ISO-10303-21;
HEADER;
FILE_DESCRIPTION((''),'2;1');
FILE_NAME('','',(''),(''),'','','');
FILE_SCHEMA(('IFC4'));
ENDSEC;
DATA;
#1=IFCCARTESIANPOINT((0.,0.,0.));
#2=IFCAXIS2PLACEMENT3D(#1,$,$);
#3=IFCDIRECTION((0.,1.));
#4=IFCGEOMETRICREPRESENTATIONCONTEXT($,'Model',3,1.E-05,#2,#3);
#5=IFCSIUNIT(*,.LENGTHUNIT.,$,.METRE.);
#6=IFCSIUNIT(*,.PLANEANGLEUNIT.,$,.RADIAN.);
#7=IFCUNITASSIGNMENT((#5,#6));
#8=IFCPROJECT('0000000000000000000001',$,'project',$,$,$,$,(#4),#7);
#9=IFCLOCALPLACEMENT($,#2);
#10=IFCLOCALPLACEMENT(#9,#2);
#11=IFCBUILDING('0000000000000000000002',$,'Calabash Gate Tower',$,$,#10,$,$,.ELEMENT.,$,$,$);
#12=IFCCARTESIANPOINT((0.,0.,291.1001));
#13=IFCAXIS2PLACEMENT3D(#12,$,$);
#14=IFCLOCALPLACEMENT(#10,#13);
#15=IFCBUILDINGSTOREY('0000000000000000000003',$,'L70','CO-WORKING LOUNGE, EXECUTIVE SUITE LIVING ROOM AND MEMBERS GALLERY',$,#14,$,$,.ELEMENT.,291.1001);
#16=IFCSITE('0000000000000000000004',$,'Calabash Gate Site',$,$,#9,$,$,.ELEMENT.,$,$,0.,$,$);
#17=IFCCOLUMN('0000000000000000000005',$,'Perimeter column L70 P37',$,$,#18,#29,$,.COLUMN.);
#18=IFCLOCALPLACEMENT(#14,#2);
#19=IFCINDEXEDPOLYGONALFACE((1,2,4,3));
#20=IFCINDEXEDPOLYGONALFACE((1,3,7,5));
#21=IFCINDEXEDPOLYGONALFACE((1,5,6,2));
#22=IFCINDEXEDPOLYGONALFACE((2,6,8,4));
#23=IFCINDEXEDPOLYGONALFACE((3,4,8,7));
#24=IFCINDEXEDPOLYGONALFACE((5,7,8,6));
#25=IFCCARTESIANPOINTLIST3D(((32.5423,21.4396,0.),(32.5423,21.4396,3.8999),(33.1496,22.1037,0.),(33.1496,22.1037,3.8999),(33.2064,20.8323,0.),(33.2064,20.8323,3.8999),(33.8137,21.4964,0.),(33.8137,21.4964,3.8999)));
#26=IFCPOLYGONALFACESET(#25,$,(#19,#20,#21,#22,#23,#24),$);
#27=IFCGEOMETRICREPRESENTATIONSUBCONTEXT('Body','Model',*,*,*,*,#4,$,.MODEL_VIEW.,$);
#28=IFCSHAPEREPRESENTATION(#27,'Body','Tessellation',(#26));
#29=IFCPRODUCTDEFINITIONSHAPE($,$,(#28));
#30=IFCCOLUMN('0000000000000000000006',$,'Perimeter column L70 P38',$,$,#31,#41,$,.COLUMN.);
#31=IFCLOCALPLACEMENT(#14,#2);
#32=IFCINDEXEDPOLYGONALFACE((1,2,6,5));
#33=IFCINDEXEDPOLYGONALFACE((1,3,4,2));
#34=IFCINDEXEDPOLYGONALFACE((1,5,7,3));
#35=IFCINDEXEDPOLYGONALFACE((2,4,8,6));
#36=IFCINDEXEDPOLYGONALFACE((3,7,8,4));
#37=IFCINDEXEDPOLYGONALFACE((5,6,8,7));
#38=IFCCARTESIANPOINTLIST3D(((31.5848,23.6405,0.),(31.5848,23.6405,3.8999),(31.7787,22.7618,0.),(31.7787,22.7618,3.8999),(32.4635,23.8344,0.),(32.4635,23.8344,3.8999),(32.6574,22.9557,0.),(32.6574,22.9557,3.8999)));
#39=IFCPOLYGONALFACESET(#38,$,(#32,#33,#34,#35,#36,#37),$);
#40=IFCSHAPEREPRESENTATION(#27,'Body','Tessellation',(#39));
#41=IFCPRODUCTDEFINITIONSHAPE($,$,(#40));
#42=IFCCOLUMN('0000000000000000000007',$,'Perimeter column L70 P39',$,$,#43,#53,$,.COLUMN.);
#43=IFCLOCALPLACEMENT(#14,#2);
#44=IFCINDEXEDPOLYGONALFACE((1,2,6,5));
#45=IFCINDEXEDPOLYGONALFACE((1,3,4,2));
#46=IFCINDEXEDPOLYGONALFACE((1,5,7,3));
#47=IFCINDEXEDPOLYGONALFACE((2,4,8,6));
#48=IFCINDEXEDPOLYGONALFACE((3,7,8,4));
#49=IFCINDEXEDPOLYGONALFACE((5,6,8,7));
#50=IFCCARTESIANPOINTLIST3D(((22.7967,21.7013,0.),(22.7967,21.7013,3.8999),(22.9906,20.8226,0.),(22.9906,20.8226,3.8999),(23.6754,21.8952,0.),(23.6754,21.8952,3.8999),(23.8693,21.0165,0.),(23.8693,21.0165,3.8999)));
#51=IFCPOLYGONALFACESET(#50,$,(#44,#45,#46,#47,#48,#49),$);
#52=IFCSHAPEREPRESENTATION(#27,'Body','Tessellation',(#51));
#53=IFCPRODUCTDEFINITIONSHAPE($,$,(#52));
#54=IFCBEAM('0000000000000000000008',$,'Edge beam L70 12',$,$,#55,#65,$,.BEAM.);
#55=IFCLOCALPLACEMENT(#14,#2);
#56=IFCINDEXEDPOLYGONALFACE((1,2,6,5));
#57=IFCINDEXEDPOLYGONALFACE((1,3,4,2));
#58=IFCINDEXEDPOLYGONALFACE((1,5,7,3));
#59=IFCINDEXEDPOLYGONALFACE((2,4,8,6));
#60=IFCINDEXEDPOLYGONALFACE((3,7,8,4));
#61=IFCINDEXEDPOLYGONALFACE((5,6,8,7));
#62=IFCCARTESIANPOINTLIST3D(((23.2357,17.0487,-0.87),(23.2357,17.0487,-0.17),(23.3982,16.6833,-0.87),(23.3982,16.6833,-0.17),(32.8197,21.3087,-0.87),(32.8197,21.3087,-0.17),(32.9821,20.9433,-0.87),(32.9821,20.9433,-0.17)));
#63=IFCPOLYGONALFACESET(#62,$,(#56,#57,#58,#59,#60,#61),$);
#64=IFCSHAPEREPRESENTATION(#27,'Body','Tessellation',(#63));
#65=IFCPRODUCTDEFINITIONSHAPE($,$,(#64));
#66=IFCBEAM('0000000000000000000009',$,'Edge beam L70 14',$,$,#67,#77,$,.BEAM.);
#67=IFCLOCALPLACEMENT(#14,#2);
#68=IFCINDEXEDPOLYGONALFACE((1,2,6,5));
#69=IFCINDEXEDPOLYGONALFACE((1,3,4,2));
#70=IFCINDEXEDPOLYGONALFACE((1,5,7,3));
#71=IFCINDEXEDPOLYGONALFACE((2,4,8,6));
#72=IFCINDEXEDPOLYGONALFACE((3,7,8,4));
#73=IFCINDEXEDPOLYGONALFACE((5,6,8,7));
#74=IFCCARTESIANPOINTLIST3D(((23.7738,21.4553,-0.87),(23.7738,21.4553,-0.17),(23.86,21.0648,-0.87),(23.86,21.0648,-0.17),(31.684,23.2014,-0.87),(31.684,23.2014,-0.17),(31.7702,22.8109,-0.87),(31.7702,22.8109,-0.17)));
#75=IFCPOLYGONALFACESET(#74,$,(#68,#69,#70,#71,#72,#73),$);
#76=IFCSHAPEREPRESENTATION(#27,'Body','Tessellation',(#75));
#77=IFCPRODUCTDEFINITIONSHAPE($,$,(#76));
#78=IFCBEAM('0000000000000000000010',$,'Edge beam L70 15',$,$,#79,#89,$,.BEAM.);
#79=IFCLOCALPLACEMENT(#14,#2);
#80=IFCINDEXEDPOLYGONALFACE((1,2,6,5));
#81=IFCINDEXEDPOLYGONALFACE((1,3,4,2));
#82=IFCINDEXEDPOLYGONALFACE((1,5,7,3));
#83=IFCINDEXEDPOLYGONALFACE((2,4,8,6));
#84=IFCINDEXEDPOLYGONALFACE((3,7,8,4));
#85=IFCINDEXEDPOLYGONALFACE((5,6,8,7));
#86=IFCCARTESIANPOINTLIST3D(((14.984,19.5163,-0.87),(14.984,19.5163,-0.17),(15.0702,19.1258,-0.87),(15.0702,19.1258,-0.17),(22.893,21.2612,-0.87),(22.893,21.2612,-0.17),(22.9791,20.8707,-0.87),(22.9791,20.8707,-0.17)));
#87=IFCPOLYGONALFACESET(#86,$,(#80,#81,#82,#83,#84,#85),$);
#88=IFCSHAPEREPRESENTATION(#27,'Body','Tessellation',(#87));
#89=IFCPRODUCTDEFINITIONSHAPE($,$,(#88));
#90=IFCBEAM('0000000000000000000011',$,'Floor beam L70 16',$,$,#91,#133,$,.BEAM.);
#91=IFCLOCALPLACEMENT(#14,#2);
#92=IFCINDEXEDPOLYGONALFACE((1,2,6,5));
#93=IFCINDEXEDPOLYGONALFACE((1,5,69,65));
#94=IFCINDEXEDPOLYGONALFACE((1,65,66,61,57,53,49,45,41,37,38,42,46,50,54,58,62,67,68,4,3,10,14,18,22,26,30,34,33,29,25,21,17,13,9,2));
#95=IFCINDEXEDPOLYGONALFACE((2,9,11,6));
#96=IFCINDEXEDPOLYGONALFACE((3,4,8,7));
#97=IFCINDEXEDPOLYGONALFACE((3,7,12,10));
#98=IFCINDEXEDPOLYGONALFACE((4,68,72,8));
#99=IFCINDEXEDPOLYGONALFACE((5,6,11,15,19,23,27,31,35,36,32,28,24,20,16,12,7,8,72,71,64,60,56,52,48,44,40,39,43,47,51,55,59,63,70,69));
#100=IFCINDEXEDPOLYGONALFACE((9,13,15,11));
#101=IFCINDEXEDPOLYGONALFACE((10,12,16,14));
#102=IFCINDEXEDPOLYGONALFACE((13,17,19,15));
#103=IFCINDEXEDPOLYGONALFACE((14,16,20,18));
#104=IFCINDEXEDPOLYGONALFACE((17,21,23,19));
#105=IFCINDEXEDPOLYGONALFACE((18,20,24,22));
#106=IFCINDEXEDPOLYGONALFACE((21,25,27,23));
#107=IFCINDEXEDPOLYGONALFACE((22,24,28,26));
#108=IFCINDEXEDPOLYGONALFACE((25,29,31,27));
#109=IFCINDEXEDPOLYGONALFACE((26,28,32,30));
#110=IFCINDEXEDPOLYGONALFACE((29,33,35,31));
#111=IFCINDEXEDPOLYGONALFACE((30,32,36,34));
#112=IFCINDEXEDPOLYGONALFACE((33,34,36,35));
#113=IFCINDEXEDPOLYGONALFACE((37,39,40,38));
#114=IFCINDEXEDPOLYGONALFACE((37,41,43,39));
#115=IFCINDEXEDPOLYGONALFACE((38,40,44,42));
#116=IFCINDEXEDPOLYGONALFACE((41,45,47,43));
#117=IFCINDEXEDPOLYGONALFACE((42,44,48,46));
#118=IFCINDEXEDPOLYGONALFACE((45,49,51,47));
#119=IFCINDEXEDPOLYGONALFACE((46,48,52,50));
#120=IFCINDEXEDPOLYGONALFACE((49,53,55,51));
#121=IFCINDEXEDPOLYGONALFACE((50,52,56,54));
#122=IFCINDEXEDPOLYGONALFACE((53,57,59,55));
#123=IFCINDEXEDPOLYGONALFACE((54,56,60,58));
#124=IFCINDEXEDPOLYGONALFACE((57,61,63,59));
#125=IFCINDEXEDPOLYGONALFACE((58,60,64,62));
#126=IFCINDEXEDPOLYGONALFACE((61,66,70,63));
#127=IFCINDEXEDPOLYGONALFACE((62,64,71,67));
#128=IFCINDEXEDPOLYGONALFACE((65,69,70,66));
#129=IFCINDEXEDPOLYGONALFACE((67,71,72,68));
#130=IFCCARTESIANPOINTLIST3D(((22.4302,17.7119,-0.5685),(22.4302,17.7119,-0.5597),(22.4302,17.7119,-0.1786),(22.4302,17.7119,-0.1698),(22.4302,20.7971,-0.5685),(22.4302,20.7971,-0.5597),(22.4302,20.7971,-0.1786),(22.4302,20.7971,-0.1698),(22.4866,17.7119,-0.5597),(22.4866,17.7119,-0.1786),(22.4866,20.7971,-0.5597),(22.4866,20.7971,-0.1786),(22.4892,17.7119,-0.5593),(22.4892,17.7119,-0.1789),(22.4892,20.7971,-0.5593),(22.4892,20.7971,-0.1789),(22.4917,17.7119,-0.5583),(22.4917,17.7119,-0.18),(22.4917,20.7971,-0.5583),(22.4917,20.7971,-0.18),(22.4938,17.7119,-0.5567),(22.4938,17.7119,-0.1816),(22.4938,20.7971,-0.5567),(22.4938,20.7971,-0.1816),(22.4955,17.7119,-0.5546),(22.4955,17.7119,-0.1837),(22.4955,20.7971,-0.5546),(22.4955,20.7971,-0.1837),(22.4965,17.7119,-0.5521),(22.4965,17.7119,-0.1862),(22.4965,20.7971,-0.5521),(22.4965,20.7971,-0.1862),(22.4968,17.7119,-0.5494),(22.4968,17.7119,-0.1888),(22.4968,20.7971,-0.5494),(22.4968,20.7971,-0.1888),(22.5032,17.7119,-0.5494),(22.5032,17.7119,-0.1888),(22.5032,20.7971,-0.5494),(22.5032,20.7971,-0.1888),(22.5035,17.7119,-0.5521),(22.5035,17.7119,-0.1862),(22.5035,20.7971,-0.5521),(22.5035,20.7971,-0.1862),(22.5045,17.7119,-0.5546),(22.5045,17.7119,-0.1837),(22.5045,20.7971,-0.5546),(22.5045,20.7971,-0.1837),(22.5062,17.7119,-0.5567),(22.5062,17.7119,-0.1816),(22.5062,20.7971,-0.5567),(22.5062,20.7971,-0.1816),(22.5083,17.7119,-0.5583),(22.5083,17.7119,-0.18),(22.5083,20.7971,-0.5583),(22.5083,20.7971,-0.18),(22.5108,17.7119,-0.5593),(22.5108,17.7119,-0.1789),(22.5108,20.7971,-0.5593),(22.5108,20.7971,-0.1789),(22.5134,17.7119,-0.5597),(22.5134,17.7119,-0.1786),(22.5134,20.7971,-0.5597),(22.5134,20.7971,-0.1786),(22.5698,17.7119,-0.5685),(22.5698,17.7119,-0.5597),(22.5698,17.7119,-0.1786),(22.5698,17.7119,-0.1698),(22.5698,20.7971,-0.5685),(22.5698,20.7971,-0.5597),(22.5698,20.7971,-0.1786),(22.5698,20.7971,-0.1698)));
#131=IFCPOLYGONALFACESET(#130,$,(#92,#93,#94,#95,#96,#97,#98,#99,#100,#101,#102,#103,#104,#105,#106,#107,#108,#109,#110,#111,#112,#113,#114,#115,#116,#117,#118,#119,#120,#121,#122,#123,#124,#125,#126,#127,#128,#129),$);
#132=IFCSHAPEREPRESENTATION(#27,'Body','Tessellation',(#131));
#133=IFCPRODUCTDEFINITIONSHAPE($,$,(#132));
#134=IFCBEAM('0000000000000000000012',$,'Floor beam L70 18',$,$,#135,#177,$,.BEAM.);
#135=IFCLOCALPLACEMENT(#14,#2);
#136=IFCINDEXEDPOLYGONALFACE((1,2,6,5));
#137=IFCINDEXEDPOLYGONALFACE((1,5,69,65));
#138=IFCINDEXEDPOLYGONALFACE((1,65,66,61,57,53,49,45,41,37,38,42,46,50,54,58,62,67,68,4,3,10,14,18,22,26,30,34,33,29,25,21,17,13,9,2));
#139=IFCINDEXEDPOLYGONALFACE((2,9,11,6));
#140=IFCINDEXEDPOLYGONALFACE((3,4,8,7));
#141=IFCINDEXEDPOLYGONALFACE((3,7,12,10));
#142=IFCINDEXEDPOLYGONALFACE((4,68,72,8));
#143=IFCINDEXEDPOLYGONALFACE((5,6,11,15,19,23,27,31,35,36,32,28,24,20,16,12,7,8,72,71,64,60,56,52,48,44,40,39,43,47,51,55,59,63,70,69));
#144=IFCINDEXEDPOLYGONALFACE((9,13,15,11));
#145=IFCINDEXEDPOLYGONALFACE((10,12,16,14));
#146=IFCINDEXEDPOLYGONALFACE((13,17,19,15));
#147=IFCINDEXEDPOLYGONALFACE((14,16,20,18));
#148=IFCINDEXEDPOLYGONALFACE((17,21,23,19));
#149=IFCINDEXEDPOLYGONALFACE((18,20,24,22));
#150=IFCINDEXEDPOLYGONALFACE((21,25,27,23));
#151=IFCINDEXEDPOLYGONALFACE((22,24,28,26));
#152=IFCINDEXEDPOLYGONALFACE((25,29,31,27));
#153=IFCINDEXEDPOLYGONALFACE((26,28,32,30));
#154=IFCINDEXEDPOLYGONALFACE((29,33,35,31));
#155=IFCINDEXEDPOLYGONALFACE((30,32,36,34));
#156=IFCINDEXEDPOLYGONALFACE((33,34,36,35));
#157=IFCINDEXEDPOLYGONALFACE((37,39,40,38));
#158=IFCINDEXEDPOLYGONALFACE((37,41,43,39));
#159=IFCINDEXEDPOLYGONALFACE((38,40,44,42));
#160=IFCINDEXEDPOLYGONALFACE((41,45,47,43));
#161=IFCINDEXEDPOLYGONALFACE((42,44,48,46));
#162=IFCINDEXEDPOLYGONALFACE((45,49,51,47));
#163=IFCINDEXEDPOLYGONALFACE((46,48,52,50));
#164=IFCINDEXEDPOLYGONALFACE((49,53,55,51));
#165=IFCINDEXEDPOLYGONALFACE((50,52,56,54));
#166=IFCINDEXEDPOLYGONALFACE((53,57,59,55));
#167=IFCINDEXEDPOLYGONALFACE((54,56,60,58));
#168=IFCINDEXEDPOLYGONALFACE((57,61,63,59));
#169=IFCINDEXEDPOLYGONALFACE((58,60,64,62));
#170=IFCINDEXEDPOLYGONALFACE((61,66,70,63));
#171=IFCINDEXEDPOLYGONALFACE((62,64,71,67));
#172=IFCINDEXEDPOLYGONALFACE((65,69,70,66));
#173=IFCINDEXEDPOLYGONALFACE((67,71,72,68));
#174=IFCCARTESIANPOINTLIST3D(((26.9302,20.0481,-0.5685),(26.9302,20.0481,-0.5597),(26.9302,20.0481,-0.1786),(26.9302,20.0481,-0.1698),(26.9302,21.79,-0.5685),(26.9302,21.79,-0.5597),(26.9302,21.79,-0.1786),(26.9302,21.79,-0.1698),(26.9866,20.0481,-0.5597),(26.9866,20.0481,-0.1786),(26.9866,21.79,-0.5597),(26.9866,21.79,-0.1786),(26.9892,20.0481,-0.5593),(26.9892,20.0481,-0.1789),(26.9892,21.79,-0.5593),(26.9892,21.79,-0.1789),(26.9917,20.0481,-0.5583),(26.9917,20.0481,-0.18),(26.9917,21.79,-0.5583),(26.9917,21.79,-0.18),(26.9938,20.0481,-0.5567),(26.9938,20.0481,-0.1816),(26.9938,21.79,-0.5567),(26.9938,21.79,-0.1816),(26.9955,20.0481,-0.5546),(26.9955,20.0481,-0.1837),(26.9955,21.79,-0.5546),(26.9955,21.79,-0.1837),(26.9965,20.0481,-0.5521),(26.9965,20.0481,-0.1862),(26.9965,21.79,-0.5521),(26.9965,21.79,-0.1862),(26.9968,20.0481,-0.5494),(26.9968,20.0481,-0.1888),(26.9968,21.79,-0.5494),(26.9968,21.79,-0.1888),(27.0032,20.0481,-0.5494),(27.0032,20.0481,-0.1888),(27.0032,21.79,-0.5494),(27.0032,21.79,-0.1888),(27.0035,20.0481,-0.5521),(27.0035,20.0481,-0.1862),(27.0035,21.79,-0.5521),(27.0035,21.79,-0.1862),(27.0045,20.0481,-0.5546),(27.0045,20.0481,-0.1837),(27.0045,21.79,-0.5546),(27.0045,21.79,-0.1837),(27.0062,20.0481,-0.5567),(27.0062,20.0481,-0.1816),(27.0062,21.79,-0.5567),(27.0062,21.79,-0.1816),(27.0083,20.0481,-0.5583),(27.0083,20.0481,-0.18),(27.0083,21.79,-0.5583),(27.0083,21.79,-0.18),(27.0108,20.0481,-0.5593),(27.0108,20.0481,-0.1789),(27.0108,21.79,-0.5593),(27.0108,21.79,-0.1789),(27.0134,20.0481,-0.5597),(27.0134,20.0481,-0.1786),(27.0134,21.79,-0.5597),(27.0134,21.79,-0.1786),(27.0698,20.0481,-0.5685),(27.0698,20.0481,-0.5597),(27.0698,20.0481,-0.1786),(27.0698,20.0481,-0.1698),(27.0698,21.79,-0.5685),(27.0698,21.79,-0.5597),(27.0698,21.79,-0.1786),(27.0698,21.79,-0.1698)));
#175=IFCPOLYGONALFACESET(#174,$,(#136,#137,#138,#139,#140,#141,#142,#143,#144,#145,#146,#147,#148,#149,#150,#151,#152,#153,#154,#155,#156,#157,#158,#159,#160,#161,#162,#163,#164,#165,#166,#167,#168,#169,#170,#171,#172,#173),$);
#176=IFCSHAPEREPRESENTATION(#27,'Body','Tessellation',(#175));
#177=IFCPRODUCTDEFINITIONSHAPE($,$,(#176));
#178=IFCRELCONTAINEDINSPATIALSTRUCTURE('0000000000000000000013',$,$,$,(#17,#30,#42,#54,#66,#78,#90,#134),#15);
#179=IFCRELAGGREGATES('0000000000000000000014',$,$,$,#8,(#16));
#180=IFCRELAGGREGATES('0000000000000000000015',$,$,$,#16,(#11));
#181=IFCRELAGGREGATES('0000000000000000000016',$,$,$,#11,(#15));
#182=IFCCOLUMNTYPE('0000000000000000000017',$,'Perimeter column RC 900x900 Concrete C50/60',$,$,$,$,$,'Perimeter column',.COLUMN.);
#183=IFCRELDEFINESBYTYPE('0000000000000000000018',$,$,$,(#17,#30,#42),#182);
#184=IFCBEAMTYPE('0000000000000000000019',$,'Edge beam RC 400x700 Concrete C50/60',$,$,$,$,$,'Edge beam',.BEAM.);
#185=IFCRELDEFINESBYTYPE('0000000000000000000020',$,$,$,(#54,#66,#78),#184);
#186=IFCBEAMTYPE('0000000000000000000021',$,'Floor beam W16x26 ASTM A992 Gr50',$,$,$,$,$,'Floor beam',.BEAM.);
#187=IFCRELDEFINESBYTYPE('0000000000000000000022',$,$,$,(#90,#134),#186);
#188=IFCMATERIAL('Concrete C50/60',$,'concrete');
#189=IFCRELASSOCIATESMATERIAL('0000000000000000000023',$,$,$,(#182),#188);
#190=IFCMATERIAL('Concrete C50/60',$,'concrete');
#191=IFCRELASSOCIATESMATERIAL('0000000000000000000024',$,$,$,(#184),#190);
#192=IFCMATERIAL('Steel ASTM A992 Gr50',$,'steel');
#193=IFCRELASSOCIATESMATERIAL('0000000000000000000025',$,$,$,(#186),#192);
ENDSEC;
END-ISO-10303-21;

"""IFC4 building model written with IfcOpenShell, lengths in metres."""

from ifc_helpers import new_model, si_unit, direction, frame, origin, origin_2d, place, context, subcontext, project, spatial, rectangle, i_section, extrude, material, material_profile, profile_set, type_object, element, save


model = new_model("IFC4")

# Units and contexts
model_context = context("Model", 3, precision=1e-05, world=origin(), true_north=direction((0.0, 1.0)))
body_context = subcontext(model_context, "Body", "Model", "MODEL_VIEW")
ifc_project = project(units=[si_unit("LENGTHUNIT", "METRE"), si_unit("PLANEANGLEUNIT", "RADIAN")], contexts=[model_context])

# Site, building, storey
site_placement = place(None, origin())
site = spatial("IfcSite", under=ifc_project, at=site_placement, Name="Calabash Gate Site", CompositionType="ELEMENT", RefElevation=0.0)
building_placement = place(site_placement, origin())
building = spatial("IfcBuilding", under=site, at=building_placement, Name="Calabash Gate Tower", CompositionType="ELEMENT")
storey_placement = place(building_placement, frame((0.0, 0.0, 291.1001)))
storey = spatial("IfcBuildingStorey", under=building, at=storey_placement, Name="L70", Description="CO-WORKING LOUNGE, EXECUTIVE SUITE LIVING ROOM AND MEMBERS GALLERY", CompositionType="ELEMENT", Elevation=291.1001)

# Columns
ifc_material_1 = material(Name="Concrete C50/60", Category="concrete")
ifc_material_profile_1 = material_profile(ifc_material_1, rectangle(XDim=0.8999, YDim=0.8999, at=origin_2d()))
ifc_profile_set_1 = profile_set([ifc_material_profile_1], Name="Concrete C50/60")
column_type = type_object("IfcColumnType", Name="Perimeter column RC 900x900 Concrete C50/60", ElementType="Perimeter column", PredefinedType="COLUMN", material=ifc_profile_set_1)
for number, where, z_axis, x_axis, name in (
    (1, (33.178, 21.468, 0.0), (0.0, 0.0, 1.0), (0.674856, 0.737949, 0.0), "Perimeter column L70 P37"),
    (2, (32.1211, 23.2981, 0.0), (0.0, 0.0, 1.0), (-0.976511, -0.215468, 0.0), "Perimeter column L70 P38"),
    (3, (23.333, 21.3589, 0.0), (0.0, 0.0, 1.0), (-0.976511, -0.215468, 0.0), "Perimeter column L70 P39"),
):
    element("IfcColumn", number, at=place(storey_placement, frame(where, z_axis=z_axis, x_axis=x_axis)), inside=storey, type_object=column_type, Name=name, PredefinedType="COLUMN", context=body_context, shape_type="SweptSolid", body=[
        extrude(rectangle(XDim=0.8999, YDim=0.8999, at=origin_2d()), origin(), (0.0, 0.0, 1.0), 3.8999),
    ])

# Beams
ifc_material_2 = material(Name="Concrete C50/60", Category="concrete")
ifc_material_profile_2 = material_profile(ifc_material_2, rectangle(XDim=0.3999, YDim=0.7, at=origin_2d()))
ifc_profile_set_2 = profile_set([ifc_material_profile_2], Name="Concrete C50/60")
beam_type_1 = type_object("IfcBeamType", Name="Edge beam RC 400x700 Concrete C50/60", ElementType="Edge beam", PredefinedType="BEAM", material=ifc_profile_set_2)
beam_1_placement = place(storey_placement, frame((32.9009, 21.126, -0.52), z_axis=(-0.913795, -0.406175, 0.0), x_axis=(0.406175, -0.913795, 0.0)))
element("IfcBeam", 4, at=beam_1_placement, inside=storey, type_object=beam_type_1, Name="Edge beam L70 12", PredefinedType="BEAM", context=body_context, shape_type="SweptSolid", body=[
    extrude(rectangle(XDim=0.3999, YDim=0.7, at=origin_2d()), origin(), (0.0, 0.0, 1.0), 10.488),
])
beam_2_placement = place(storey_placement, frame((31.7271, 23.0061, -0.52), z_axis=(-0.976492, -0.215552, 0.0), x_axis=(0.215552, -0.976492, 0.0)))
element("IfcBeam", 5, at=beam_2_placement, inside=storey, type_object=beam_type_1, Name="Edge beam L70 14", PredefinedType="BEAM", context=body_context, shape_type="SweptSolid", body=[
    extrude(rectangle(XDim=0.3999, YDim=0.7, at=origin_2d()), origin(), (0.0, 0.0, 1.0), 8.1006),
])
beam_3_placement = place(storey_placement, frame((22.936, 21.0659, -0.52), z_axis=(-0.976517, -0.21544, 0.0), x_axis=(0.21544, -0.976517, 0.0)))
element("IfcBeam", 6, at=beam_3_placement, inside=storey, type_object=beam_type_1, Name="Edge beam L70 15", PredefinedType="BEAM", context=body_context, shape_type="SweptSolid", body=[
    extrude(rectangle(XDim=0.3999, YDim=0.7, at=origin_2d()), origin(), (0.0, 0.0, 1.0), 8.0991),
])
ifc_material_3 = material(Name="Steel ASTM A992 Gr50", Category="steel")
ifc_material_profile_3 = material_profile(ifc_material_3, i_section(OverallWidth=0.1396, OverallDepth=0.3987, WebThickness=0.0063, FlangeThickness=0.0088, FilletRadius=0.0103, at=origin_2d()))
ifc_profile_set_3 = profile_set([ifc_material_profile_3], Name="Steel ASTM A992 Gr50")
beam_type_2 = type_object("IfcBeamType", Name="Floor beam W16x26 ASTM A992 Gr50", ElementType="Floor beam", PredefinedType="BEAM", material=ifc_profile_set_3)
beam_4_placement = place(storey_placement, frame((22.5, 17.7119, -0.3691), z_axis=(0.0, 1.0, 0.0), x_axis=(-1.0, 0.0, 0.0)))
element("IfcBeam", 7, at=beam_4_placement, inside=storey, type_object=beam_type_2, Name="Floor beam L70 16", PredefinedType="BEAM", context=body_context, shape_type="SweptSolid", body=[
    extrude(i_section(OverallWidth=0.1396, OverallDepth=0.3987, WebThickness=0.0063, FlangeThickness=0.0088, FilletRadius=0.0103, at=origin_2d()), origin(), (0.0, 0.0, 1.0), 3.0852),
])
beam_5_placement = place(storey_placement, frame((27.0, 20.0481, -0.3691), z_axis=(0.0, 1.0, 0.0), x_axis=(-1.0, 0.0, 0.0)))
element("IfcBeam", 8, at=beam_5_placement, inside=storey, type_object=beam_type_2, Name="Floor beam L70 18", PredefinedType="BEAM", context=body_context, shape_type="SweptSolid", body=[
    extrude(i_section(OverallWidth=0.1396, OverallDepth=0.3987, WebThickness=0.0063, FlangeThickness=0.0088, FilletRadius=0.0103, at=origin_2d()), origin(), (0.0, 0.0, 1.0), 1.7419),
])

save(model, "model.ifc")
